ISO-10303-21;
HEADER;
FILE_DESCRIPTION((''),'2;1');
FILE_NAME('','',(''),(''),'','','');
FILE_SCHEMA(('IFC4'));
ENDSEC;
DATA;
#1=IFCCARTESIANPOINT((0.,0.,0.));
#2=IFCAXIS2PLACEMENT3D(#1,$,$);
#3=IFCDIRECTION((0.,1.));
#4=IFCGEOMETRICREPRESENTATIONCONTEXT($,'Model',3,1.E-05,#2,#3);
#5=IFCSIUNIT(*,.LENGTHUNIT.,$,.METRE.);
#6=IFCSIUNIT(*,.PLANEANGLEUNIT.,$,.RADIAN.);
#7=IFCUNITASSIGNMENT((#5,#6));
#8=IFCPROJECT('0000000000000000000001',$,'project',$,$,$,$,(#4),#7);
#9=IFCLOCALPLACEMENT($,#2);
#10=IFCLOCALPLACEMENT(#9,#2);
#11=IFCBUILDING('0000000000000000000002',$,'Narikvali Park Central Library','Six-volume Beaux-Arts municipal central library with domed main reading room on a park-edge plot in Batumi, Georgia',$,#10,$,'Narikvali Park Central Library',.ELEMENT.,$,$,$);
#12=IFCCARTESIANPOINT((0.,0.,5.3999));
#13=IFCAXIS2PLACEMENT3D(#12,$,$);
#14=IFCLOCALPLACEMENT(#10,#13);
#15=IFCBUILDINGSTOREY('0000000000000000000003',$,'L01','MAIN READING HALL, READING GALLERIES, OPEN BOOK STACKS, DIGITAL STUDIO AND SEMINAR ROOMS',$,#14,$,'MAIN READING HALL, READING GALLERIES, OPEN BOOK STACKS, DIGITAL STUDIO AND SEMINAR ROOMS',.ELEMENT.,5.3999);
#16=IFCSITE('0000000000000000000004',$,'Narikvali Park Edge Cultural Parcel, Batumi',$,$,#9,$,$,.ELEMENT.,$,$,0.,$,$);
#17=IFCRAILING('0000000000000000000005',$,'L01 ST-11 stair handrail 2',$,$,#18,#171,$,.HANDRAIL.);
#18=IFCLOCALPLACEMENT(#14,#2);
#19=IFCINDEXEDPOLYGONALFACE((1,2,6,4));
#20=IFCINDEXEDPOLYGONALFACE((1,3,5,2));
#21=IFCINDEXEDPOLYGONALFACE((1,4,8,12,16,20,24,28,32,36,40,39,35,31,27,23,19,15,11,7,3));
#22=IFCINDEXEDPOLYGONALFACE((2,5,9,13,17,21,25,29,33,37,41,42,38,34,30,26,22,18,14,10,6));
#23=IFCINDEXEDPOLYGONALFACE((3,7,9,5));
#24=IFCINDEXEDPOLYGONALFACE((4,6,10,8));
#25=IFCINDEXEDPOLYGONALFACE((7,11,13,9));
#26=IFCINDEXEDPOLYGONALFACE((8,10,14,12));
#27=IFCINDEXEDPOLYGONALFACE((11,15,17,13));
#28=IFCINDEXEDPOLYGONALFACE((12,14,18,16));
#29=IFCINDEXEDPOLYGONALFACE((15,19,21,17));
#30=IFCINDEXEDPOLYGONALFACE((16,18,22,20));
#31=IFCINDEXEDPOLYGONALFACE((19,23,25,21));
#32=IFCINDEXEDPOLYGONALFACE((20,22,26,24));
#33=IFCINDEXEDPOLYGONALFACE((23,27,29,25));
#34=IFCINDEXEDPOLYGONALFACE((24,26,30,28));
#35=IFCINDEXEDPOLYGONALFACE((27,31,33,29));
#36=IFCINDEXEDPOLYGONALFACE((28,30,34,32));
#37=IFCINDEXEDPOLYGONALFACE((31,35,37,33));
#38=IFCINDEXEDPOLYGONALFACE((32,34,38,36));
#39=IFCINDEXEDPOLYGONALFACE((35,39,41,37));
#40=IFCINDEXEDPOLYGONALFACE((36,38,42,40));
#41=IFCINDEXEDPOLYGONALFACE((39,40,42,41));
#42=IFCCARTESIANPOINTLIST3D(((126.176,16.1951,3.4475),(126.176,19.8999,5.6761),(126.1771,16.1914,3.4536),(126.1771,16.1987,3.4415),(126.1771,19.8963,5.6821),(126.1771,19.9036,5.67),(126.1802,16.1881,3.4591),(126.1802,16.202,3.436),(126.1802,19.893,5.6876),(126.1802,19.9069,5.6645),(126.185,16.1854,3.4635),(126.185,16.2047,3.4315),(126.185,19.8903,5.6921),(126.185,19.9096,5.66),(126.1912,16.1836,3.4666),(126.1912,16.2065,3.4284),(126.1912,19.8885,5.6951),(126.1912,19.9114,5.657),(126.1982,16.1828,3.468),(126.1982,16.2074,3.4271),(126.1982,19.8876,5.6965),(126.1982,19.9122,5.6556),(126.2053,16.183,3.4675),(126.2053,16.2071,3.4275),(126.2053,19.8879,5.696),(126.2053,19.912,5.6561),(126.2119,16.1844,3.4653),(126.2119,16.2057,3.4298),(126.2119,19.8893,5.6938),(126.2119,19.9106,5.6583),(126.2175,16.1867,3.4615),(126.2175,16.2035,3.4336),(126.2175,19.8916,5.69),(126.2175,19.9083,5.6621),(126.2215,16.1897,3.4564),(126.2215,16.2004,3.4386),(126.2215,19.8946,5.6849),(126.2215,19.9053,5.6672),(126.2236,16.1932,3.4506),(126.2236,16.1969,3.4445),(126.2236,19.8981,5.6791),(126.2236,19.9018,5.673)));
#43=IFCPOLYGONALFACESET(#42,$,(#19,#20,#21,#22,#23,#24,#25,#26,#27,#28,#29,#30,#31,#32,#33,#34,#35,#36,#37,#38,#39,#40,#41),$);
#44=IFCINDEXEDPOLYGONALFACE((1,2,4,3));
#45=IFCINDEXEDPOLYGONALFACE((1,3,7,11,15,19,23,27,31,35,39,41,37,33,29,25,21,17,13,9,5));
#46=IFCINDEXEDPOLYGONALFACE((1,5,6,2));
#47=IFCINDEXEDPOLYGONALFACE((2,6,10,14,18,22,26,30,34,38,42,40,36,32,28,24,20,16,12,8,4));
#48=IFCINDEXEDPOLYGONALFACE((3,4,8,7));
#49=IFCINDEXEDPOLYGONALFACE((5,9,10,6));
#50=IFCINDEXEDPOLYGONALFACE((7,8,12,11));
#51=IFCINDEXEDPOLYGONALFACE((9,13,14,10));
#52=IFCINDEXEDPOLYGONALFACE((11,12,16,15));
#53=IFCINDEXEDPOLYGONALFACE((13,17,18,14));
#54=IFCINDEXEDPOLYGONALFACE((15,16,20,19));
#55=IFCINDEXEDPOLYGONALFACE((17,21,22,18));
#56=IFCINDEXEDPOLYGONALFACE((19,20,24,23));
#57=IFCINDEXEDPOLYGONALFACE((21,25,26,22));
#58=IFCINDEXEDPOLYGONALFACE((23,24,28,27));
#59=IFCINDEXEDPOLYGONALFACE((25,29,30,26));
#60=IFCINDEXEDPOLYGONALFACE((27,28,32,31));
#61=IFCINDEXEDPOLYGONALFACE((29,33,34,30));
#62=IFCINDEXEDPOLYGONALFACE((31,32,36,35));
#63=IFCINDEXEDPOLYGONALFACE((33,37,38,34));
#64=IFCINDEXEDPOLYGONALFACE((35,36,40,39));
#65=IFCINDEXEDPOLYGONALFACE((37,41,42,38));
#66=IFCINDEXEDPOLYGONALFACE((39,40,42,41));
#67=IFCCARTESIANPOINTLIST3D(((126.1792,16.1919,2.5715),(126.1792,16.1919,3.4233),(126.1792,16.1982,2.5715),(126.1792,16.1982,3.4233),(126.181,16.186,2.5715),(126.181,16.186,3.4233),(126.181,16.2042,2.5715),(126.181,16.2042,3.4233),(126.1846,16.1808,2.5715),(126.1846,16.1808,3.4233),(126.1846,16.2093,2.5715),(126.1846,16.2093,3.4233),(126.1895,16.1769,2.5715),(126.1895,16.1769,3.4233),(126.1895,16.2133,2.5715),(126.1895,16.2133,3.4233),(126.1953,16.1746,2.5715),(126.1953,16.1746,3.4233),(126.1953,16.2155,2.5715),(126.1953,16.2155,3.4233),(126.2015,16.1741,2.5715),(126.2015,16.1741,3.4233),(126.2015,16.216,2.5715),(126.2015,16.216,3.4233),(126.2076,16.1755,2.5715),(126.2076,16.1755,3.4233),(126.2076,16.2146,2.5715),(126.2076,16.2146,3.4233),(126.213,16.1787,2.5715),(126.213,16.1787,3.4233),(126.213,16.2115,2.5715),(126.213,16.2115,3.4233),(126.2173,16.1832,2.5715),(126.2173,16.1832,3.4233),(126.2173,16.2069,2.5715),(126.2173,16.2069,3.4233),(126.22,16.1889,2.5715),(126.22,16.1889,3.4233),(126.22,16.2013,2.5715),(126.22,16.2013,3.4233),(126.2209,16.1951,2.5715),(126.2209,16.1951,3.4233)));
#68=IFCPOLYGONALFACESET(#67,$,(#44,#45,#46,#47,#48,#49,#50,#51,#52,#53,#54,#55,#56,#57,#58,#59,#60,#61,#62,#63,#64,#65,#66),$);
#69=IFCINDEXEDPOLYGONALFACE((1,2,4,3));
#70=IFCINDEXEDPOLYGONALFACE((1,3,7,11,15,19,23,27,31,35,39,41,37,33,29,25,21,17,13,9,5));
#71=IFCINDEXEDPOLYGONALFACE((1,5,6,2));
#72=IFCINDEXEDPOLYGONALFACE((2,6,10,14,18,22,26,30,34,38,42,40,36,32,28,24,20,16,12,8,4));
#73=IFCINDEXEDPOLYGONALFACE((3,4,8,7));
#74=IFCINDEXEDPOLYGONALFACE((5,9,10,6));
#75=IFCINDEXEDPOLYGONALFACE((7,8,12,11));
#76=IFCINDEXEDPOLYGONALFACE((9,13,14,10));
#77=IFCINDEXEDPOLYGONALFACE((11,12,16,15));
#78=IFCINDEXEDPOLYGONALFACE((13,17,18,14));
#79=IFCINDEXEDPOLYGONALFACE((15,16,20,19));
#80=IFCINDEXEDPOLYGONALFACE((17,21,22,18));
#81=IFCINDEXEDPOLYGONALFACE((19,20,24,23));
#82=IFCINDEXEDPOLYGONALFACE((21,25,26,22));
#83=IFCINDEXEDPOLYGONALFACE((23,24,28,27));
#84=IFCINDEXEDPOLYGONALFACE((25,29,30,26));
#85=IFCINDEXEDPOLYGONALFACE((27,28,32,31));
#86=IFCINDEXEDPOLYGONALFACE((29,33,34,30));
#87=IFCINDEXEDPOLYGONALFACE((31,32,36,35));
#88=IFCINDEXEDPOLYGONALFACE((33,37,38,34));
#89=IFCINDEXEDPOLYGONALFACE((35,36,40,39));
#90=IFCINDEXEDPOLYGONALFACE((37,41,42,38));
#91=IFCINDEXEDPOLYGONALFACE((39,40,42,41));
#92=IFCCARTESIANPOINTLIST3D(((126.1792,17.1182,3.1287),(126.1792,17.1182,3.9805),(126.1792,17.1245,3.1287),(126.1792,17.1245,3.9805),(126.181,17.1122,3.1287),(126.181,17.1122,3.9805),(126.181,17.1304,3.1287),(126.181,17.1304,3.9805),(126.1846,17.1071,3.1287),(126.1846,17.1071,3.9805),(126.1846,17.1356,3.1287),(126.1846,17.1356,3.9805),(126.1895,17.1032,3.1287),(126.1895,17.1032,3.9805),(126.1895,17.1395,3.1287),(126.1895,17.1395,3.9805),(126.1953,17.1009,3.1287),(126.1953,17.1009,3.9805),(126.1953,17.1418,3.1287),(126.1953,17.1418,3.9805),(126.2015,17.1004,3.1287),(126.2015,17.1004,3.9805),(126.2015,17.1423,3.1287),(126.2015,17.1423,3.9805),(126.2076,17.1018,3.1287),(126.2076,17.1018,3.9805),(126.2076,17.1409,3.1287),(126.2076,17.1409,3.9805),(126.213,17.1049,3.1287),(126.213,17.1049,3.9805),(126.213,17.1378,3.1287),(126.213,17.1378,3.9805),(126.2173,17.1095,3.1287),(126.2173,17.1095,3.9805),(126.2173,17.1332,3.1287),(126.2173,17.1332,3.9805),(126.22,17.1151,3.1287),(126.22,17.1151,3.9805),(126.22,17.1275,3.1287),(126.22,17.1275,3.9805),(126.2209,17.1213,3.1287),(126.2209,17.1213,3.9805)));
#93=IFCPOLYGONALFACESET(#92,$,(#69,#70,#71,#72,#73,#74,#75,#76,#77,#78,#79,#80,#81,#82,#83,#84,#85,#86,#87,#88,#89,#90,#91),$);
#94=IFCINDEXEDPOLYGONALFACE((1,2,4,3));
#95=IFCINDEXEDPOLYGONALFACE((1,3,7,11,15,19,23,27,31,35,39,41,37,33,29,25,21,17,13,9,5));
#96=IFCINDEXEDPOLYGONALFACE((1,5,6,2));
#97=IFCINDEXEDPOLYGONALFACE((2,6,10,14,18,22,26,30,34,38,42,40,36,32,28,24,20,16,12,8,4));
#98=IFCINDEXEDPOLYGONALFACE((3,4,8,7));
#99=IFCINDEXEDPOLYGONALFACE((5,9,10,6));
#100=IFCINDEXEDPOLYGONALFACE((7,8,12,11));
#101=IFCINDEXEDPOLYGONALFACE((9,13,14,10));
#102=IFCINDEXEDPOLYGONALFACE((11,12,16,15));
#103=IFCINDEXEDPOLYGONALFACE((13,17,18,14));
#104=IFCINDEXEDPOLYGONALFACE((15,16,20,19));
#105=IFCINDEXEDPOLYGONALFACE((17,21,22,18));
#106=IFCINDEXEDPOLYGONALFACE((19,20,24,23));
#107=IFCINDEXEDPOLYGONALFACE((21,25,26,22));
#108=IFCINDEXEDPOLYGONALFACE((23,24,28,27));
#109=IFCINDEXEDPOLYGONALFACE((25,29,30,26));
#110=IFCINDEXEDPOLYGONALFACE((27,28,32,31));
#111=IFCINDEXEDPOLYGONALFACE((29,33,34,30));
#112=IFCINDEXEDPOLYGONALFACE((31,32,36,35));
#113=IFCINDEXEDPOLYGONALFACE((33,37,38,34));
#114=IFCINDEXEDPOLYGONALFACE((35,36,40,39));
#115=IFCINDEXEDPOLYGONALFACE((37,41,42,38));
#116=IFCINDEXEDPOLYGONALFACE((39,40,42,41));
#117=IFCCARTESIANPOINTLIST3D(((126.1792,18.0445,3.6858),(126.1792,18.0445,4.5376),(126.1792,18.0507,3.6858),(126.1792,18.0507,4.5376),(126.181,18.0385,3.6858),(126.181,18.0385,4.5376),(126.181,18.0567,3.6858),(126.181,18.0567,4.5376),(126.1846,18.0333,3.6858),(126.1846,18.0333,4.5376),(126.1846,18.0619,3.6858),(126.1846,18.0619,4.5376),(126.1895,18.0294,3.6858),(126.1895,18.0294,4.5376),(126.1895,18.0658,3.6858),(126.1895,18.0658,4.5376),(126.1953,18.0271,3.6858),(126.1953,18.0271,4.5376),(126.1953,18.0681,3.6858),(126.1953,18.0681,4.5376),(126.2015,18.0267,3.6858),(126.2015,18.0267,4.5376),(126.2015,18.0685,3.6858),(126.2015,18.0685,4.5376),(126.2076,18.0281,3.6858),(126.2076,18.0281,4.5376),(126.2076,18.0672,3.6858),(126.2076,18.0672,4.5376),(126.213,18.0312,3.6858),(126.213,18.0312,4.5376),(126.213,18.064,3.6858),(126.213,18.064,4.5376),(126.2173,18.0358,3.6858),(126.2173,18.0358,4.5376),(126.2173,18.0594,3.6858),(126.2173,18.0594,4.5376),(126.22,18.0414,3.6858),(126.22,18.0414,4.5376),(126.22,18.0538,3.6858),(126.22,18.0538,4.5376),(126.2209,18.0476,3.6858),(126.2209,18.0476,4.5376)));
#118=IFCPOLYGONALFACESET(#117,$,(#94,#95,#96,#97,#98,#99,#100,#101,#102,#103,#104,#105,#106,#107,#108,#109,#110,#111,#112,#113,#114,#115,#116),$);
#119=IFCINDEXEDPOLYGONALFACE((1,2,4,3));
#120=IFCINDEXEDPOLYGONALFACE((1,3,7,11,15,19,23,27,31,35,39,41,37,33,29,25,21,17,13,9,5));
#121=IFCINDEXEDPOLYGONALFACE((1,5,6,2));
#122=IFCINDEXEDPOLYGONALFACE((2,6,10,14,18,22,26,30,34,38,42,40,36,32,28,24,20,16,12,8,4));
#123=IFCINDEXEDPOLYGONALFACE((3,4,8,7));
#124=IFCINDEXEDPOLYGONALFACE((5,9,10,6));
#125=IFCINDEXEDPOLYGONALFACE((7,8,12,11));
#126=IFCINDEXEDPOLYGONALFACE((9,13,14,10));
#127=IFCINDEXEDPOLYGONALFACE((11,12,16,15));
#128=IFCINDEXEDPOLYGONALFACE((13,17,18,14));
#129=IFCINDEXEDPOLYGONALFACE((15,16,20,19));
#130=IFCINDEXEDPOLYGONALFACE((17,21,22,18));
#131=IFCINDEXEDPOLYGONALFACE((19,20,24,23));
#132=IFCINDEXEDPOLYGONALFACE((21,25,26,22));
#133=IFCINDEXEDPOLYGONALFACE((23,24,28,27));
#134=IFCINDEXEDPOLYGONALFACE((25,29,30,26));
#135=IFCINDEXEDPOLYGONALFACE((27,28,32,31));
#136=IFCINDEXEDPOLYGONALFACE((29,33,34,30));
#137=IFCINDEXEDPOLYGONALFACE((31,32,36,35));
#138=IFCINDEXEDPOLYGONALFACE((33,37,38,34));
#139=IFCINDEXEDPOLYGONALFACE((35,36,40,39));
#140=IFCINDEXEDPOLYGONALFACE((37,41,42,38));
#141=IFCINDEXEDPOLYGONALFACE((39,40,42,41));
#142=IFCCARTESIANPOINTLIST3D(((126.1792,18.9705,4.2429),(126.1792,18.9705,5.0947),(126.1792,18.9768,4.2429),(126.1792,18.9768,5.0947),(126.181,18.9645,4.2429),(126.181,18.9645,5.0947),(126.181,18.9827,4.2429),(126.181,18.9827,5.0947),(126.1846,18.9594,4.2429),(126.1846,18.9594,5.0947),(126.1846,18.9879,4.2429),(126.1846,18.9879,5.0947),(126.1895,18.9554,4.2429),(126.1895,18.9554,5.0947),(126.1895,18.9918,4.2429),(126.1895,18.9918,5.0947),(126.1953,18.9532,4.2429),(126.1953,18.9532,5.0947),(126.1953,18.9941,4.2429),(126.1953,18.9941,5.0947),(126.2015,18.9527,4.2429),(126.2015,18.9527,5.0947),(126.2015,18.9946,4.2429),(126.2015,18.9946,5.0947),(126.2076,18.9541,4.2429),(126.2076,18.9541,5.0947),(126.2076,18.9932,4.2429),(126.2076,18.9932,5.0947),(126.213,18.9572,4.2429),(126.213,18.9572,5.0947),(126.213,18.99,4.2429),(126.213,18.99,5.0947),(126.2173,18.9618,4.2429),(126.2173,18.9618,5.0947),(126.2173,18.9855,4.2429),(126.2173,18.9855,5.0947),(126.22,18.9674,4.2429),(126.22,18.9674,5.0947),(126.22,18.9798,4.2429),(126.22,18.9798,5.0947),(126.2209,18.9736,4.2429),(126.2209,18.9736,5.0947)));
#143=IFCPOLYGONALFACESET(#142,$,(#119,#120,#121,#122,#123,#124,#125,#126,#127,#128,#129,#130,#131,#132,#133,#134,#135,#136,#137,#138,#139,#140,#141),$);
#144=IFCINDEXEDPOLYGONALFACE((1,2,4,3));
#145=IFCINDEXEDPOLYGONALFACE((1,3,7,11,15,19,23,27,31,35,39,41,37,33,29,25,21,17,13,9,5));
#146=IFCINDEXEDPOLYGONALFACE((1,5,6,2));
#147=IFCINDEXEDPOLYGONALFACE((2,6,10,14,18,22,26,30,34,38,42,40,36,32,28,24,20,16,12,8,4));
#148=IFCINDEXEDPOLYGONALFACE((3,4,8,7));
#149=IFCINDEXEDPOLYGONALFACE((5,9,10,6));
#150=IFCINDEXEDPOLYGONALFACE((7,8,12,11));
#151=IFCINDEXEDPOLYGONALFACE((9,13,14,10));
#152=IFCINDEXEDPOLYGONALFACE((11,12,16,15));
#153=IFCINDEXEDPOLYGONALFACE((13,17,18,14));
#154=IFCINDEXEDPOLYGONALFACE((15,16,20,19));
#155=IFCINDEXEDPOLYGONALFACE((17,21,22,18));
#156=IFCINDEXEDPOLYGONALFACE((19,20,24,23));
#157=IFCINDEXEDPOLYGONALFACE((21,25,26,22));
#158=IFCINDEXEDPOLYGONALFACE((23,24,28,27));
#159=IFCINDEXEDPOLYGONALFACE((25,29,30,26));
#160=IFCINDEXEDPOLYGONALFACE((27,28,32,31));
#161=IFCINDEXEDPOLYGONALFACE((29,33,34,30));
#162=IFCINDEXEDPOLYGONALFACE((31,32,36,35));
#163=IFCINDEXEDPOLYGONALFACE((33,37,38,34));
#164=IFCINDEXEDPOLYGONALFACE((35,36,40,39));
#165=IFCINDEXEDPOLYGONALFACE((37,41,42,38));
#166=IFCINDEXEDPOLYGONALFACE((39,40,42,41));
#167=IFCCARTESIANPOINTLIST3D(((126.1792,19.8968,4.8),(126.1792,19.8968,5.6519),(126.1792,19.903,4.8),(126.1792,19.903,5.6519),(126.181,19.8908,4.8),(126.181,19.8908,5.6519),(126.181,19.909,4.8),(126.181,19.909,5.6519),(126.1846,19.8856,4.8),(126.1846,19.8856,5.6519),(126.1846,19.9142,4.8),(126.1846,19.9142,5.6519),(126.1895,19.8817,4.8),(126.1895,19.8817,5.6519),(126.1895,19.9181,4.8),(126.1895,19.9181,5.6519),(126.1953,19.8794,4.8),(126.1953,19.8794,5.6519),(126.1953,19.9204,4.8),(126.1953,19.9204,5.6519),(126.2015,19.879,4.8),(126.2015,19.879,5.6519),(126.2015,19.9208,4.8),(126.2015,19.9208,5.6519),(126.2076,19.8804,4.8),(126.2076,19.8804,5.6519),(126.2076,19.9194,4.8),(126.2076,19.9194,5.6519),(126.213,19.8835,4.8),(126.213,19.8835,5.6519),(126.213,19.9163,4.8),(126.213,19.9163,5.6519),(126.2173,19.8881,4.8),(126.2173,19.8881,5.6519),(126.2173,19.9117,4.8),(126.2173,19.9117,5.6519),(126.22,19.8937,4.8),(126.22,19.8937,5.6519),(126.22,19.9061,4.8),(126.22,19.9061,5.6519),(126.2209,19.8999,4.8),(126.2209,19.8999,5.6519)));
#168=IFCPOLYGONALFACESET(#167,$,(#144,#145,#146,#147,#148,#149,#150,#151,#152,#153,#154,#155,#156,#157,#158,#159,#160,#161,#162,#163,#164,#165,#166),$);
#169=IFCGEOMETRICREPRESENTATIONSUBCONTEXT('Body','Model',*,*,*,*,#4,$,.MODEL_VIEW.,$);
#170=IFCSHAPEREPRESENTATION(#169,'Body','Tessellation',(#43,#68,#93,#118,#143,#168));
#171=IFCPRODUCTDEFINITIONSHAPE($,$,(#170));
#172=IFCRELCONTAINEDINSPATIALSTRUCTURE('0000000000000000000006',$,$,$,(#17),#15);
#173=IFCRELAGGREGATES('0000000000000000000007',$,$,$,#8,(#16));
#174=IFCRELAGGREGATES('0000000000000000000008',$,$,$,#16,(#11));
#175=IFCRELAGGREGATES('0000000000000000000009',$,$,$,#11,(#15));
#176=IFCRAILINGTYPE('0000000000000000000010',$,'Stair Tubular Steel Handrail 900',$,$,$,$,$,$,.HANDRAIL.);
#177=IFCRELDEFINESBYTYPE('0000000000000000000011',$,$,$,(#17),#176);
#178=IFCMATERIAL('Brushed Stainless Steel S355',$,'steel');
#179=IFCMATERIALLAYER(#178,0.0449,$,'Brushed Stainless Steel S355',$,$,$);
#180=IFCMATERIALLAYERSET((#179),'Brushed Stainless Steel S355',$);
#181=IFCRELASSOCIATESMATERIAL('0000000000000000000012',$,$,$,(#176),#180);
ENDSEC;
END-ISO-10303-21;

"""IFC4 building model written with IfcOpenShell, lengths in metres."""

from ifc_helpers import new_model, si_unit, direction, frame, origin, origin_2d, place, context, subcontext, project, spatial, circle, extrude, material, layer, layer_set, type_object, element, save


model = new_model("IFC4")

# Units and contexts
model_context = context("Model", 3, precision=1e-05, world=origin(), true_north=direction((0.0, 1.0)))
body_context = subcontext(model_context, "Body", "Model", "MODEL_VIEW")
ifc_project = project(units=[si_unit("LENGTHUNIT", "METRE"), si_unit("PLANEANGLEUNIT", "RADIAN")], contexts=[model_context])

# Site, building, storey
site_placement = place(None, origin())
site = spatial("IfcSite", under=ifc_project, at=site_placement, Name="Narikvali Park Edge Cultural Parcel, Batumi", CompositionType="ELEMENT", RefElevation=0.0)
building_placement = place(site_placement, origin())
building = spatial("IfcBuilding", under=site, at=building_placement, Name="Narikvali Park Central Library", Description="Six-volume Beaux-Arts municipal central library with domed main reading room on a park-edge plot in Batumi, Georgia", LongName="Narikvali Park Central Library", CompositionType="ELEMENT")
storey_placement = place(building_placement, frame((0.0, 0.0, 5.3999)))
storey = spatial("IfcBuildingStorey", under=building, at=storey_placement, Name="L01", Description="MAIN READING HALL, READING GALLERIES, OPEN BOOK STACKS, DIGITAL STUDIO AND SEMINAR ROOMS", LongName="MAIN READING HALL, READING GALLERIES, OPEN BOOK STACKS, DIGITAL STUDIO AND SEMINAR ROOMS", CompositionType="ELEMENT", Elevation=5.3999)

# Railing
ifc_material_1 = material(Name="Brushed Stainless Steel S355", Category="steel")
ifc_layer_1 = layer(ifc_material_1, 0.0449, Name="Brushed Stainless Steel S355")
ifc_layer_set_1 = layer_set([ifc_layer_1], Name="Brushed Stainless Steel S355")
railing_type_1 = type_object("IfcRailingType", Name="Stair Tubular Steel Handrail 900", PredefinedType="HANDRAIL", material=ifc_layer_set_1)
railing_1_placement = place(storey_placement, frame((126.2, 16.1951, 2.5715)))
element("IfcRailing", 1, at=railing_1_placement, inside=storey, type_object=railing_type_1, Name="L01 ST-11 stair handrail 2", PredefinedType="HANDRAIL", context=body_context, shape_type="SweptSolid", body=[
    extrude(circle(Radius=0.0239, at=origin_2d()), frame((0.0, 0.0, 0.876), z_axis=(0.0, 0.856919, 0.51545), x_axis=(-1.0, 0.0, 0.0)), (0.0, 0.0, 1.0), 4.3235),
    extrude(circle(Radius=0.021, at=origin_2d()), origin(), (0.0, 0.0, 1.0), 0.8518),
    extrude(circle(Radius=0.021, at=origin_2d()), frame((0.0, 0.9263, 0.5571)), (0.0, 0.0, 1.0), 0.8518),
    extrude(circle(Radius=0.021, at=origin_2d()), frame((0.0, 1.8525, 1.1143)), (0.0, 0.0, 1.0), 0.8518),
    extrude(circle(Radius=0.021, at=origin_2d()), frame((0.0, 2.7786, 1.6714)), (0.0, 0.0, 1.0), 0.8518),
    extrude(circle(Radius=0.021, at=origin_2d()), frame((0.0, 3.7048, 2.2285)), (0.0, 0.0, 1.0), 0.8518),
])

save(model, "model.ifc")
